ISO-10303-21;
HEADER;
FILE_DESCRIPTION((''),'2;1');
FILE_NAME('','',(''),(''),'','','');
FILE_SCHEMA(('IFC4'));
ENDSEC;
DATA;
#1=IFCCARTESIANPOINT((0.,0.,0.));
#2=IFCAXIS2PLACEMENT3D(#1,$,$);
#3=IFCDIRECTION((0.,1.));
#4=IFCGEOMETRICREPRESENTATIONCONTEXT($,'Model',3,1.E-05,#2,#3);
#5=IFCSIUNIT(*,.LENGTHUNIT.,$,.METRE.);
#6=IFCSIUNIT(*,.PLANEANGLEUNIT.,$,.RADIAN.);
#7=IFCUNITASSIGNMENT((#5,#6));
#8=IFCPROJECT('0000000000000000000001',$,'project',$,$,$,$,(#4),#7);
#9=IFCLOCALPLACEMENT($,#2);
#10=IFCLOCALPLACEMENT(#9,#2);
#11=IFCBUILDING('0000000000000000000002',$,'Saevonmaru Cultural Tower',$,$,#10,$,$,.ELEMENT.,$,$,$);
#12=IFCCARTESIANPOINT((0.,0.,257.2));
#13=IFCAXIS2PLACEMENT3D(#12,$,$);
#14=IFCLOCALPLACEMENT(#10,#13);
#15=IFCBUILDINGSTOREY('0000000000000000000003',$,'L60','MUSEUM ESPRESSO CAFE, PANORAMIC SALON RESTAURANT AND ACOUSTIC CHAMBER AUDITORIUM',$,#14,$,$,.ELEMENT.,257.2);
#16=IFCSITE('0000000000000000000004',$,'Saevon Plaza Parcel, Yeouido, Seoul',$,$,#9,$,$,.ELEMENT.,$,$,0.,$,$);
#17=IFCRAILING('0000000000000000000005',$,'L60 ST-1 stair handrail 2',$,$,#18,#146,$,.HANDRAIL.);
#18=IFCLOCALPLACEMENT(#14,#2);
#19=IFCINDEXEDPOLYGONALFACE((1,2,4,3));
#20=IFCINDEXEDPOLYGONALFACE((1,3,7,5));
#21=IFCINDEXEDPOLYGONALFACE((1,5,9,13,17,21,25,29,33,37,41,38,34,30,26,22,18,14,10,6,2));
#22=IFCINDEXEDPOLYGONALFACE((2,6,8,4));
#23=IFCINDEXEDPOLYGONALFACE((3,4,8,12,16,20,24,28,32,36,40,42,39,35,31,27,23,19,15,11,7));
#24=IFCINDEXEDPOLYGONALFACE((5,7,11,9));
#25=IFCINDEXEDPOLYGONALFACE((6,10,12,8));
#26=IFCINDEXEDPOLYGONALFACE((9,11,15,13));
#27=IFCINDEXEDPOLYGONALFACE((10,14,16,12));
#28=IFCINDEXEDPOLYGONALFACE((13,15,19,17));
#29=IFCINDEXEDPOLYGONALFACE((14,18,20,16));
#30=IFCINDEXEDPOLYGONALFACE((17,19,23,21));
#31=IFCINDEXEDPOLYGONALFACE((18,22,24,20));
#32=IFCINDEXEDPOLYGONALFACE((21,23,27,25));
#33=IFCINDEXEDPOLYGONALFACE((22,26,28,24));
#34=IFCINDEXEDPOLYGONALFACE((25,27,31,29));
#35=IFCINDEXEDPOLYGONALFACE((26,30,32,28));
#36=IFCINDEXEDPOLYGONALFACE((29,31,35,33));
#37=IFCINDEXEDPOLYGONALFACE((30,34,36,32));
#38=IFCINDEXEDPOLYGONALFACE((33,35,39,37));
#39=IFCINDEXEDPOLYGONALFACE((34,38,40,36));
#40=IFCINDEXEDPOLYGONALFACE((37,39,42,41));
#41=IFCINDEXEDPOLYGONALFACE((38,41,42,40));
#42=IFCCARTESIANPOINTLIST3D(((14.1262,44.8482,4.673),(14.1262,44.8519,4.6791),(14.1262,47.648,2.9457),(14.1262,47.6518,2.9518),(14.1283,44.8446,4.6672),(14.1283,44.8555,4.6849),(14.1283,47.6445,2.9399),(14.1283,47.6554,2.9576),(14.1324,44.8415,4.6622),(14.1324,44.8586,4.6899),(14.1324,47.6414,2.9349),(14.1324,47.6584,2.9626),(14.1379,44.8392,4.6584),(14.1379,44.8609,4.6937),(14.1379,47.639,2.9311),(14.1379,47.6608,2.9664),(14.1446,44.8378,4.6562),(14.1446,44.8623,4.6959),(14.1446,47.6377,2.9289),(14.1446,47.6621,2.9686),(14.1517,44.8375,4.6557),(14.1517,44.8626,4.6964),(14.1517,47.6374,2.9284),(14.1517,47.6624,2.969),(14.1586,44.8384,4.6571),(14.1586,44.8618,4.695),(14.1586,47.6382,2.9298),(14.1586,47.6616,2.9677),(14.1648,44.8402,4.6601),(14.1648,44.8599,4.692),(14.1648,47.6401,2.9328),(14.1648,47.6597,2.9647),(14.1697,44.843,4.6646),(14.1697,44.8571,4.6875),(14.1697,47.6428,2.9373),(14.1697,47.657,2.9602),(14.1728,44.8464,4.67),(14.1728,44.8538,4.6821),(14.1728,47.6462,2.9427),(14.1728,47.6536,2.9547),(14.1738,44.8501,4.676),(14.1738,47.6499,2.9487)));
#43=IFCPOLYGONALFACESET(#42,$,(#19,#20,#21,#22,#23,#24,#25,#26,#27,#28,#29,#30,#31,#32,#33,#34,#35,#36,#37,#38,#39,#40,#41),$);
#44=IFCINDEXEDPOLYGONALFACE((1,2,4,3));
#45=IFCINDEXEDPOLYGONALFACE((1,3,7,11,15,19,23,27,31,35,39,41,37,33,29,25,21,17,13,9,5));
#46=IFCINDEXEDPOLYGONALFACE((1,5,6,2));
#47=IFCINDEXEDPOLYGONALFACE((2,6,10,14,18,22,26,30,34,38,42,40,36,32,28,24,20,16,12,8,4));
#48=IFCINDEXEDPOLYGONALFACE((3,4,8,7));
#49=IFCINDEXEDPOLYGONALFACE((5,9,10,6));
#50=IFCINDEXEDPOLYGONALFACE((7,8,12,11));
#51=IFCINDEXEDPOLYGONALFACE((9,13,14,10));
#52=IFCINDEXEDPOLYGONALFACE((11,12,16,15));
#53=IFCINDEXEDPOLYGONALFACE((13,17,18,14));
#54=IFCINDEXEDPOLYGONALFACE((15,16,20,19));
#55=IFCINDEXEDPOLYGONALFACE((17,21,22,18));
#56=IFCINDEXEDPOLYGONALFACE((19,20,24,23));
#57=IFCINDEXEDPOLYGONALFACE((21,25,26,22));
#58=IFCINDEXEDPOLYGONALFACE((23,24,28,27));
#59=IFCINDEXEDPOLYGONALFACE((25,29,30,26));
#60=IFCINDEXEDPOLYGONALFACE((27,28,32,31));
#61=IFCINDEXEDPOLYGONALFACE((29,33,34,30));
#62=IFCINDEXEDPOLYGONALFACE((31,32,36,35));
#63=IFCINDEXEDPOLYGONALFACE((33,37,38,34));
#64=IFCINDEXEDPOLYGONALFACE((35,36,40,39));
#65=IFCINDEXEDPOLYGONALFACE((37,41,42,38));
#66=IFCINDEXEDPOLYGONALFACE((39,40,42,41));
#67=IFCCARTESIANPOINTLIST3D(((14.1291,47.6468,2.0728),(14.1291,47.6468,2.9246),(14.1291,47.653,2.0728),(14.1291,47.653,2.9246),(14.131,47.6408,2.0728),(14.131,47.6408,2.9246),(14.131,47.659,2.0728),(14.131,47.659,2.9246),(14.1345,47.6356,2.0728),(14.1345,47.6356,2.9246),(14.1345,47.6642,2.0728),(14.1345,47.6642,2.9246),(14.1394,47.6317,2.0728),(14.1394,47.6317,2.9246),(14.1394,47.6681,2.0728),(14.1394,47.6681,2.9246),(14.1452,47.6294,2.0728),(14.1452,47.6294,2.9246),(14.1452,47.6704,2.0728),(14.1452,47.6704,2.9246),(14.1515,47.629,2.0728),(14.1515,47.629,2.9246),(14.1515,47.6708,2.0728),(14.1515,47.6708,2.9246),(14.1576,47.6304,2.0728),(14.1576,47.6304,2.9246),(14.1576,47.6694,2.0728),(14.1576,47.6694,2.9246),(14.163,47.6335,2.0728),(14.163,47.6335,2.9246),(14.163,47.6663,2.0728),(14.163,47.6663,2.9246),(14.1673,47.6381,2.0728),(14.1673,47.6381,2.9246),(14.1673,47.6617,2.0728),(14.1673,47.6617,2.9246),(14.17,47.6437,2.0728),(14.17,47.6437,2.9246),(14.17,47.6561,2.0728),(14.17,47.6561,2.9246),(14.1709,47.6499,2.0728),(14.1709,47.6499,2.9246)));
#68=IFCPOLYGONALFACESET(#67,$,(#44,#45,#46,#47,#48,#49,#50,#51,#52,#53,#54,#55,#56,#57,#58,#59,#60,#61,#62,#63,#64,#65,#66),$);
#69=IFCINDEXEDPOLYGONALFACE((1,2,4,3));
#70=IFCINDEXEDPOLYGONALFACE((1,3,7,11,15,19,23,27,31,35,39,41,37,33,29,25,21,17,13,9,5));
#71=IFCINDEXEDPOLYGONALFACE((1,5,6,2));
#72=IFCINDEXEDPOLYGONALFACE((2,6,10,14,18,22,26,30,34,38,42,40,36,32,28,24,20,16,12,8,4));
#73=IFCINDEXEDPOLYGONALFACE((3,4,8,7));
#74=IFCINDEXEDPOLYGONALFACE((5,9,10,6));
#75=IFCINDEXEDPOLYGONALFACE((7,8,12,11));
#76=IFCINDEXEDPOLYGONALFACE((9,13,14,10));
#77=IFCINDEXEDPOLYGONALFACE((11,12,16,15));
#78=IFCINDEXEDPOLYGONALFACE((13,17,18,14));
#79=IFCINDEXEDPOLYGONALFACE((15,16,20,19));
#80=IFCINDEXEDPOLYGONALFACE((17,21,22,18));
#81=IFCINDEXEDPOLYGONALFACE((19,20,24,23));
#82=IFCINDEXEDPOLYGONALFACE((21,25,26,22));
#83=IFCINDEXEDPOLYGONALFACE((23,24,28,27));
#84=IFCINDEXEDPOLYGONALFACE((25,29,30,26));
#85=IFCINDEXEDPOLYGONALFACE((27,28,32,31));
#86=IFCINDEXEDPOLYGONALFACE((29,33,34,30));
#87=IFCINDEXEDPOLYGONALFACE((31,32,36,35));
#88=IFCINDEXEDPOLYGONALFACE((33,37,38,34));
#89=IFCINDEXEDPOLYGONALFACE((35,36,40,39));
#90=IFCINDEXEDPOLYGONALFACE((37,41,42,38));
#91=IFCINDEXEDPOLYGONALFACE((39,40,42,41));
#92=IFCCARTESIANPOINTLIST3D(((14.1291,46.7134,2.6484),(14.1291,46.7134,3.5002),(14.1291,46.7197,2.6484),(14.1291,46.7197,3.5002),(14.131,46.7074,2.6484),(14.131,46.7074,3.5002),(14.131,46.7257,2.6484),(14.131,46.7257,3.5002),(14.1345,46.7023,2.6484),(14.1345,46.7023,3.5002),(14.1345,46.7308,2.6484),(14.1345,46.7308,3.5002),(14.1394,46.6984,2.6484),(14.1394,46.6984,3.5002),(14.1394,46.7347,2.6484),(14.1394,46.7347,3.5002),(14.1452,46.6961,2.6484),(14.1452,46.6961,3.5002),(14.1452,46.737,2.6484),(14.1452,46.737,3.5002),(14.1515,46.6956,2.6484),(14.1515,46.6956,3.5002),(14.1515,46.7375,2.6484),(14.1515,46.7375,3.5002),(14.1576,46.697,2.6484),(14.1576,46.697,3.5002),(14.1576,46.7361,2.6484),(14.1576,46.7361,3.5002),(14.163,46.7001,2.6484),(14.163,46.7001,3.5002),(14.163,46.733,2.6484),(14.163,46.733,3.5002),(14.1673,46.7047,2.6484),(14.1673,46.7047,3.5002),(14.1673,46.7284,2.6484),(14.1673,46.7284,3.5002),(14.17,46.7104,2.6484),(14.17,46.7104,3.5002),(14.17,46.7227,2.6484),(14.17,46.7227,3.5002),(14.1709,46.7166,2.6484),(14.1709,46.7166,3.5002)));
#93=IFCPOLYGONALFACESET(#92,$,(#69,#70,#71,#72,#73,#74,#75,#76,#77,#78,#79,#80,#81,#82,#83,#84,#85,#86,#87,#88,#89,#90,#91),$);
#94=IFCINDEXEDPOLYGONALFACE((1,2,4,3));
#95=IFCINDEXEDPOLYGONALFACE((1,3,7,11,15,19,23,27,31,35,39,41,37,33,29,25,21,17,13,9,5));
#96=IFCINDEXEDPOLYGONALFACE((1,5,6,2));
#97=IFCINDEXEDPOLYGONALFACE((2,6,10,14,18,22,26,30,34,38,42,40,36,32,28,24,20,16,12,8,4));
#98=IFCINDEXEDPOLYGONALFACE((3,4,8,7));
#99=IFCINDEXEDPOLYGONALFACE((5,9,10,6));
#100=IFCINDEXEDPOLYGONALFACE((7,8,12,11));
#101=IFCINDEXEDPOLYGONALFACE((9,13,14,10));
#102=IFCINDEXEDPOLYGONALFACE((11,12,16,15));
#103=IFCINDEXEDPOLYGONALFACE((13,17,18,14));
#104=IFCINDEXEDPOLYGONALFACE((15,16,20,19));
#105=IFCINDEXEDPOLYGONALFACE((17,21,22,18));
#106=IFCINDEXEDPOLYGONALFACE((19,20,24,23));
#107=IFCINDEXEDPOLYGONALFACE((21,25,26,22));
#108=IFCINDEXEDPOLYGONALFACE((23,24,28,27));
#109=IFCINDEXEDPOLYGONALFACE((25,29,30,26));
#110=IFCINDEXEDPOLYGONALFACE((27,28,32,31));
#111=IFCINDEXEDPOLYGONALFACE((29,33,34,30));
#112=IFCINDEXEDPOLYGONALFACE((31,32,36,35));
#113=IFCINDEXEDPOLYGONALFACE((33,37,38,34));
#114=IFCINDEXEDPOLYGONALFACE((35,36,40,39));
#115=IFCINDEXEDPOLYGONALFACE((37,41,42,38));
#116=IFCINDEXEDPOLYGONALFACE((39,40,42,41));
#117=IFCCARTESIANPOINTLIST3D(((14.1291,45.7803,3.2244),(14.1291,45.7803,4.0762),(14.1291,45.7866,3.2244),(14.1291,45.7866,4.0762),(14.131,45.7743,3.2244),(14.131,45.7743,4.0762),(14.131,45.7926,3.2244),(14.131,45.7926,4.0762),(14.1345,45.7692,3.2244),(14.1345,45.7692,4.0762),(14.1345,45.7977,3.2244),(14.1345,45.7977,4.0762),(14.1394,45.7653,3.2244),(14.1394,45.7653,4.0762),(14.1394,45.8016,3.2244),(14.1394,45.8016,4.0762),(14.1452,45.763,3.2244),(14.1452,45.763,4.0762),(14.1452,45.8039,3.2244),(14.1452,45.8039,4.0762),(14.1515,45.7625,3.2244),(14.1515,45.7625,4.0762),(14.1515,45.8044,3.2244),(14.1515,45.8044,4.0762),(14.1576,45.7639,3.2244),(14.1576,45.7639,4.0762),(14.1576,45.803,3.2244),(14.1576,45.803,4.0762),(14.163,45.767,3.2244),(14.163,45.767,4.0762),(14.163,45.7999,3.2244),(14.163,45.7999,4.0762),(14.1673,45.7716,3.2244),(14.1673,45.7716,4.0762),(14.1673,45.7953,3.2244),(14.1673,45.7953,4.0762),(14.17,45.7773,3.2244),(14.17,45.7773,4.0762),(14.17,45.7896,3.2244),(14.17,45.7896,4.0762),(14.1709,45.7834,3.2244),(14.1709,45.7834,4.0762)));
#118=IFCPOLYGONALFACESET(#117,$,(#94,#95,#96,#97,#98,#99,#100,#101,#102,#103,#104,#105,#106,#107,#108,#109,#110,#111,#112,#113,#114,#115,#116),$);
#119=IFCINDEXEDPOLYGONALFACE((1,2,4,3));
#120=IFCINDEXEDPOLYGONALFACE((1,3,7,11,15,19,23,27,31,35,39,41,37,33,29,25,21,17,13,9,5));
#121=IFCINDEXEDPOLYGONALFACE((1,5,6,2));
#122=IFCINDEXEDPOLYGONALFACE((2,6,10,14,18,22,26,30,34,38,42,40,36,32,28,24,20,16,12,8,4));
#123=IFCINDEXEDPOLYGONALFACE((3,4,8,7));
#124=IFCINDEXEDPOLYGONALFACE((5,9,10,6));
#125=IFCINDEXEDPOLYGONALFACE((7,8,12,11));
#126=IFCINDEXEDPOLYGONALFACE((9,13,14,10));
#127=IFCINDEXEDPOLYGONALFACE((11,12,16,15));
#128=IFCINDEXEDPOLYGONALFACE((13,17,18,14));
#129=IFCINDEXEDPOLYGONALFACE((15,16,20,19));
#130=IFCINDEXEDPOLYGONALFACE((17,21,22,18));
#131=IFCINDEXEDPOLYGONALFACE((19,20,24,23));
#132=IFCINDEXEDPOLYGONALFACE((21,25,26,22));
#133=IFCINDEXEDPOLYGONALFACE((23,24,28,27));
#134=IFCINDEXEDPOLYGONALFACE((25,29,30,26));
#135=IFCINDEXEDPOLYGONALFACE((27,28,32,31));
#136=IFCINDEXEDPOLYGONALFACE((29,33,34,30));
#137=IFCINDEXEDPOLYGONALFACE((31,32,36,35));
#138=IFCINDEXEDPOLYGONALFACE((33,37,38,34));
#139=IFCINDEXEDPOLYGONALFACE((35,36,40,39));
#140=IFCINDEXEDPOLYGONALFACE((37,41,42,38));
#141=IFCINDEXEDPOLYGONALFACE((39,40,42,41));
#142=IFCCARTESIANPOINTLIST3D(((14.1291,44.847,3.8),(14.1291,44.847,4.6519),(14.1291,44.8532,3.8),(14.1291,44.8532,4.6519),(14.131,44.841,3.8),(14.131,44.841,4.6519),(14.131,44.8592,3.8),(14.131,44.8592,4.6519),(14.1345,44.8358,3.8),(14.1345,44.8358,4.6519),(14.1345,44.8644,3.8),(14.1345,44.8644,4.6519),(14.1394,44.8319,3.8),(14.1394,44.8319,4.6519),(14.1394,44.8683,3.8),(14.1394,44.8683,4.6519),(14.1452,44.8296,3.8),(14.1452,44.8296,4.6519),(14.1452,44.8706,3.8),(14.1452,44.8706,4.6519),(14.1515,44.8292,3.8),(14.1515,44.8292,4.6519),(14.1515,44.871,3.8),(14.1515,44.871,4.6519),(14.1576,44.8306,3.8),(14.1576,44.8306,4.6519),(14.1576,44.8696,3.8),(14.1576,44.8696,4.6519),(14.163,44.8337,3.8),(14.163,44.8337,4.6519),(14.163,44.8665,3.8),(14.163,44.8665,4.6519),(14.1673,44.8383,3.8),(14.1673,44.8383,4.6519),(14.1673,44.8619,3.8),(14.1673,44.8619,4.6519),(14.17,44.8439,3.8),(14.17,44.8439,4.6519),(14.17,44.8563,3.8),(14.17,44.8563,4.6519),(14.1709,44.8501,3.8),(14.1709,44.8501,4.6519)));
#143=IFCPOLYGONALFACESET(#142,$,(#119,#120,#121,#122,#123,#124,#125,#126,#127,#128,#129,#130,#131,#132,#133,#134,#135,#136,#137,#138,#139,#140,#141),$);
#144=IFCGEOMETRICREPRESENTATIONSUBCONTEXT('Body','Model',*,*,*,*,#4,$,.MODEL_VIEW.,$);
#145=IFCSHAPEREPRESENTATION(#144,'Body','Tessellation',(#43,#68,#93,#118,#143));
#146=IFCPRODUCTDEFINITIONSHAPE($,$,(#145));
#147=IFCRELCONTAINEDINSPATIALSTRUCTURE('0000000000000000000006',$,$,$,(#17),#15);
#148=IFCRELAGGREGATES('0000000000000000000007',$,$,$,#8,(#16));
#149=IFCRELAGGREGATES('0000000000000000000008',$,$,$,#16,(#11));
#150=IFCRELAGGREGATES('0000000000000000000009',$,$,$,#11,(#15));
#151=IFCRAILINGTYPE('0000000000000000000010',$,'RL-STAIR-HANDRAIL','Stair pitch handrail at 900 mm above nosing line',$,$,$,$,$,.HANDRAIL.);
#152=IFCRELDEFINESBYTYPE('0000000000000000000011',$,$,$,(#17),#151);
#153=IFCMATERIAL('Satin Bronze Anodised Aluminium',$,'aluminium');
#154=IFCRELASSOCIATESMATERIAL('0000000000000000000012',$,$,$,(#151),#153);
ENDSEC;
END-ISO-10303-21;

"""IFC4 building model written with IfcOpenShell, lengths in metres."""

from ifc_helpers import new_model, si_unit, direction, frame, origin, origin_2d, place, context, subcontext, project, spatial, circle, extrude, material, type_object, element, save


model = new_model("IFC4")

# Units and contexts
model_context = context("Model", 3, precision=1e-05, world=origin(), true_north=direction((0.0, 1.0)))
body_context = subcontext(model_context, "Body", "Model", "MODEL_VIEW")
ifc_project = project(units=[si_unit("LENGTHUNIT", "METRE"), si_unit("PLANEANGLEUNIT", "RADIAN")], contexts=[model_context])

# Site, building, storey
site_placement = place(None, origin())
site = spatial("IfcSite", under=ifc_project, at=site_placement, Name="Saevon Plaza Parcel, Yeouido, Seoul", CompositionType="ELEMENT", RefElevation=0.0)
building_placement = place(site_placement, origin())
building = spatial("IfcBuilding", under=site, at=building_placement, Name="Saevonmaru Cultural Tower", CompositionType="ELEMENT")
storey_placement = place(building_placement, frame((0.0, 0.0, 257.2)))
storey = spatial("IfcBuildingStorey", under=building, at=storey_placement, Name="L60", Description="MUSEUM ESPRESSO CAFE, PANORAMIC SALON RESTAURANT AND ACOUSTIC CHAMBER AUDITORIUM", CompositionType="ELEMENT", Elevation=257.2)

# Shared definitions
ifc_material_1 = material(Name="Satin Bronze Anodised Aluminium", Category="aluminium")

# Railing
railing_type_1 = type_object("IfcRailingType", Name="RL-STAIR-HANDRAIL", Description="Stair pitch handrail at 900 mm above nosing line", PredefinedType="HANDRAIL", material=ifc_material_1)
railing_1_placement = place(storey_placement, frame((14.1499, 47.6499, 2.0728)))
element("IfcRailing", 1, at=railing_1_placement, inside=storey, type_object=railing_type_1, Name="L60 ST-1 stair handrail 2", PredefinedType="HANDRAIL", context=body_context, shape_type="SweptSolid", body=[
    extrude(circle(Radius=0.0239, at=origin_2d()), frame((0.0, 0.0, 0.876), z_axis=(0.0, -0.851069, 0.525054), x_axis=(1.0, 0.0, 0.0)), (0.0, 0.0, 1.0), 3.2898),
    extrude(circle(Radius=0.021, at=origin_2d()), origin(), (0.0, 0.0, 1.0), 0.8518),
    extrude(circle(Radius=0.021, at=origin_2d()), frame((0.0, -0.9333, 0.5757)), (0.0, 0.0, 1.0), 0.8518),
    extrude(circle(Radius=0.021, at=origin_2d()), frame((0.0, -1.8665, 1.1516)), (0.0, 0.0, 1.0), 0.8518),
    extrude(circle(Radius=0.021, at=origin_2d()), frame((0.0, -2.7998, 1.7273)), (0.0, 0.0, 1.0), 0.8518),
])

save(model, "model.ifc")
